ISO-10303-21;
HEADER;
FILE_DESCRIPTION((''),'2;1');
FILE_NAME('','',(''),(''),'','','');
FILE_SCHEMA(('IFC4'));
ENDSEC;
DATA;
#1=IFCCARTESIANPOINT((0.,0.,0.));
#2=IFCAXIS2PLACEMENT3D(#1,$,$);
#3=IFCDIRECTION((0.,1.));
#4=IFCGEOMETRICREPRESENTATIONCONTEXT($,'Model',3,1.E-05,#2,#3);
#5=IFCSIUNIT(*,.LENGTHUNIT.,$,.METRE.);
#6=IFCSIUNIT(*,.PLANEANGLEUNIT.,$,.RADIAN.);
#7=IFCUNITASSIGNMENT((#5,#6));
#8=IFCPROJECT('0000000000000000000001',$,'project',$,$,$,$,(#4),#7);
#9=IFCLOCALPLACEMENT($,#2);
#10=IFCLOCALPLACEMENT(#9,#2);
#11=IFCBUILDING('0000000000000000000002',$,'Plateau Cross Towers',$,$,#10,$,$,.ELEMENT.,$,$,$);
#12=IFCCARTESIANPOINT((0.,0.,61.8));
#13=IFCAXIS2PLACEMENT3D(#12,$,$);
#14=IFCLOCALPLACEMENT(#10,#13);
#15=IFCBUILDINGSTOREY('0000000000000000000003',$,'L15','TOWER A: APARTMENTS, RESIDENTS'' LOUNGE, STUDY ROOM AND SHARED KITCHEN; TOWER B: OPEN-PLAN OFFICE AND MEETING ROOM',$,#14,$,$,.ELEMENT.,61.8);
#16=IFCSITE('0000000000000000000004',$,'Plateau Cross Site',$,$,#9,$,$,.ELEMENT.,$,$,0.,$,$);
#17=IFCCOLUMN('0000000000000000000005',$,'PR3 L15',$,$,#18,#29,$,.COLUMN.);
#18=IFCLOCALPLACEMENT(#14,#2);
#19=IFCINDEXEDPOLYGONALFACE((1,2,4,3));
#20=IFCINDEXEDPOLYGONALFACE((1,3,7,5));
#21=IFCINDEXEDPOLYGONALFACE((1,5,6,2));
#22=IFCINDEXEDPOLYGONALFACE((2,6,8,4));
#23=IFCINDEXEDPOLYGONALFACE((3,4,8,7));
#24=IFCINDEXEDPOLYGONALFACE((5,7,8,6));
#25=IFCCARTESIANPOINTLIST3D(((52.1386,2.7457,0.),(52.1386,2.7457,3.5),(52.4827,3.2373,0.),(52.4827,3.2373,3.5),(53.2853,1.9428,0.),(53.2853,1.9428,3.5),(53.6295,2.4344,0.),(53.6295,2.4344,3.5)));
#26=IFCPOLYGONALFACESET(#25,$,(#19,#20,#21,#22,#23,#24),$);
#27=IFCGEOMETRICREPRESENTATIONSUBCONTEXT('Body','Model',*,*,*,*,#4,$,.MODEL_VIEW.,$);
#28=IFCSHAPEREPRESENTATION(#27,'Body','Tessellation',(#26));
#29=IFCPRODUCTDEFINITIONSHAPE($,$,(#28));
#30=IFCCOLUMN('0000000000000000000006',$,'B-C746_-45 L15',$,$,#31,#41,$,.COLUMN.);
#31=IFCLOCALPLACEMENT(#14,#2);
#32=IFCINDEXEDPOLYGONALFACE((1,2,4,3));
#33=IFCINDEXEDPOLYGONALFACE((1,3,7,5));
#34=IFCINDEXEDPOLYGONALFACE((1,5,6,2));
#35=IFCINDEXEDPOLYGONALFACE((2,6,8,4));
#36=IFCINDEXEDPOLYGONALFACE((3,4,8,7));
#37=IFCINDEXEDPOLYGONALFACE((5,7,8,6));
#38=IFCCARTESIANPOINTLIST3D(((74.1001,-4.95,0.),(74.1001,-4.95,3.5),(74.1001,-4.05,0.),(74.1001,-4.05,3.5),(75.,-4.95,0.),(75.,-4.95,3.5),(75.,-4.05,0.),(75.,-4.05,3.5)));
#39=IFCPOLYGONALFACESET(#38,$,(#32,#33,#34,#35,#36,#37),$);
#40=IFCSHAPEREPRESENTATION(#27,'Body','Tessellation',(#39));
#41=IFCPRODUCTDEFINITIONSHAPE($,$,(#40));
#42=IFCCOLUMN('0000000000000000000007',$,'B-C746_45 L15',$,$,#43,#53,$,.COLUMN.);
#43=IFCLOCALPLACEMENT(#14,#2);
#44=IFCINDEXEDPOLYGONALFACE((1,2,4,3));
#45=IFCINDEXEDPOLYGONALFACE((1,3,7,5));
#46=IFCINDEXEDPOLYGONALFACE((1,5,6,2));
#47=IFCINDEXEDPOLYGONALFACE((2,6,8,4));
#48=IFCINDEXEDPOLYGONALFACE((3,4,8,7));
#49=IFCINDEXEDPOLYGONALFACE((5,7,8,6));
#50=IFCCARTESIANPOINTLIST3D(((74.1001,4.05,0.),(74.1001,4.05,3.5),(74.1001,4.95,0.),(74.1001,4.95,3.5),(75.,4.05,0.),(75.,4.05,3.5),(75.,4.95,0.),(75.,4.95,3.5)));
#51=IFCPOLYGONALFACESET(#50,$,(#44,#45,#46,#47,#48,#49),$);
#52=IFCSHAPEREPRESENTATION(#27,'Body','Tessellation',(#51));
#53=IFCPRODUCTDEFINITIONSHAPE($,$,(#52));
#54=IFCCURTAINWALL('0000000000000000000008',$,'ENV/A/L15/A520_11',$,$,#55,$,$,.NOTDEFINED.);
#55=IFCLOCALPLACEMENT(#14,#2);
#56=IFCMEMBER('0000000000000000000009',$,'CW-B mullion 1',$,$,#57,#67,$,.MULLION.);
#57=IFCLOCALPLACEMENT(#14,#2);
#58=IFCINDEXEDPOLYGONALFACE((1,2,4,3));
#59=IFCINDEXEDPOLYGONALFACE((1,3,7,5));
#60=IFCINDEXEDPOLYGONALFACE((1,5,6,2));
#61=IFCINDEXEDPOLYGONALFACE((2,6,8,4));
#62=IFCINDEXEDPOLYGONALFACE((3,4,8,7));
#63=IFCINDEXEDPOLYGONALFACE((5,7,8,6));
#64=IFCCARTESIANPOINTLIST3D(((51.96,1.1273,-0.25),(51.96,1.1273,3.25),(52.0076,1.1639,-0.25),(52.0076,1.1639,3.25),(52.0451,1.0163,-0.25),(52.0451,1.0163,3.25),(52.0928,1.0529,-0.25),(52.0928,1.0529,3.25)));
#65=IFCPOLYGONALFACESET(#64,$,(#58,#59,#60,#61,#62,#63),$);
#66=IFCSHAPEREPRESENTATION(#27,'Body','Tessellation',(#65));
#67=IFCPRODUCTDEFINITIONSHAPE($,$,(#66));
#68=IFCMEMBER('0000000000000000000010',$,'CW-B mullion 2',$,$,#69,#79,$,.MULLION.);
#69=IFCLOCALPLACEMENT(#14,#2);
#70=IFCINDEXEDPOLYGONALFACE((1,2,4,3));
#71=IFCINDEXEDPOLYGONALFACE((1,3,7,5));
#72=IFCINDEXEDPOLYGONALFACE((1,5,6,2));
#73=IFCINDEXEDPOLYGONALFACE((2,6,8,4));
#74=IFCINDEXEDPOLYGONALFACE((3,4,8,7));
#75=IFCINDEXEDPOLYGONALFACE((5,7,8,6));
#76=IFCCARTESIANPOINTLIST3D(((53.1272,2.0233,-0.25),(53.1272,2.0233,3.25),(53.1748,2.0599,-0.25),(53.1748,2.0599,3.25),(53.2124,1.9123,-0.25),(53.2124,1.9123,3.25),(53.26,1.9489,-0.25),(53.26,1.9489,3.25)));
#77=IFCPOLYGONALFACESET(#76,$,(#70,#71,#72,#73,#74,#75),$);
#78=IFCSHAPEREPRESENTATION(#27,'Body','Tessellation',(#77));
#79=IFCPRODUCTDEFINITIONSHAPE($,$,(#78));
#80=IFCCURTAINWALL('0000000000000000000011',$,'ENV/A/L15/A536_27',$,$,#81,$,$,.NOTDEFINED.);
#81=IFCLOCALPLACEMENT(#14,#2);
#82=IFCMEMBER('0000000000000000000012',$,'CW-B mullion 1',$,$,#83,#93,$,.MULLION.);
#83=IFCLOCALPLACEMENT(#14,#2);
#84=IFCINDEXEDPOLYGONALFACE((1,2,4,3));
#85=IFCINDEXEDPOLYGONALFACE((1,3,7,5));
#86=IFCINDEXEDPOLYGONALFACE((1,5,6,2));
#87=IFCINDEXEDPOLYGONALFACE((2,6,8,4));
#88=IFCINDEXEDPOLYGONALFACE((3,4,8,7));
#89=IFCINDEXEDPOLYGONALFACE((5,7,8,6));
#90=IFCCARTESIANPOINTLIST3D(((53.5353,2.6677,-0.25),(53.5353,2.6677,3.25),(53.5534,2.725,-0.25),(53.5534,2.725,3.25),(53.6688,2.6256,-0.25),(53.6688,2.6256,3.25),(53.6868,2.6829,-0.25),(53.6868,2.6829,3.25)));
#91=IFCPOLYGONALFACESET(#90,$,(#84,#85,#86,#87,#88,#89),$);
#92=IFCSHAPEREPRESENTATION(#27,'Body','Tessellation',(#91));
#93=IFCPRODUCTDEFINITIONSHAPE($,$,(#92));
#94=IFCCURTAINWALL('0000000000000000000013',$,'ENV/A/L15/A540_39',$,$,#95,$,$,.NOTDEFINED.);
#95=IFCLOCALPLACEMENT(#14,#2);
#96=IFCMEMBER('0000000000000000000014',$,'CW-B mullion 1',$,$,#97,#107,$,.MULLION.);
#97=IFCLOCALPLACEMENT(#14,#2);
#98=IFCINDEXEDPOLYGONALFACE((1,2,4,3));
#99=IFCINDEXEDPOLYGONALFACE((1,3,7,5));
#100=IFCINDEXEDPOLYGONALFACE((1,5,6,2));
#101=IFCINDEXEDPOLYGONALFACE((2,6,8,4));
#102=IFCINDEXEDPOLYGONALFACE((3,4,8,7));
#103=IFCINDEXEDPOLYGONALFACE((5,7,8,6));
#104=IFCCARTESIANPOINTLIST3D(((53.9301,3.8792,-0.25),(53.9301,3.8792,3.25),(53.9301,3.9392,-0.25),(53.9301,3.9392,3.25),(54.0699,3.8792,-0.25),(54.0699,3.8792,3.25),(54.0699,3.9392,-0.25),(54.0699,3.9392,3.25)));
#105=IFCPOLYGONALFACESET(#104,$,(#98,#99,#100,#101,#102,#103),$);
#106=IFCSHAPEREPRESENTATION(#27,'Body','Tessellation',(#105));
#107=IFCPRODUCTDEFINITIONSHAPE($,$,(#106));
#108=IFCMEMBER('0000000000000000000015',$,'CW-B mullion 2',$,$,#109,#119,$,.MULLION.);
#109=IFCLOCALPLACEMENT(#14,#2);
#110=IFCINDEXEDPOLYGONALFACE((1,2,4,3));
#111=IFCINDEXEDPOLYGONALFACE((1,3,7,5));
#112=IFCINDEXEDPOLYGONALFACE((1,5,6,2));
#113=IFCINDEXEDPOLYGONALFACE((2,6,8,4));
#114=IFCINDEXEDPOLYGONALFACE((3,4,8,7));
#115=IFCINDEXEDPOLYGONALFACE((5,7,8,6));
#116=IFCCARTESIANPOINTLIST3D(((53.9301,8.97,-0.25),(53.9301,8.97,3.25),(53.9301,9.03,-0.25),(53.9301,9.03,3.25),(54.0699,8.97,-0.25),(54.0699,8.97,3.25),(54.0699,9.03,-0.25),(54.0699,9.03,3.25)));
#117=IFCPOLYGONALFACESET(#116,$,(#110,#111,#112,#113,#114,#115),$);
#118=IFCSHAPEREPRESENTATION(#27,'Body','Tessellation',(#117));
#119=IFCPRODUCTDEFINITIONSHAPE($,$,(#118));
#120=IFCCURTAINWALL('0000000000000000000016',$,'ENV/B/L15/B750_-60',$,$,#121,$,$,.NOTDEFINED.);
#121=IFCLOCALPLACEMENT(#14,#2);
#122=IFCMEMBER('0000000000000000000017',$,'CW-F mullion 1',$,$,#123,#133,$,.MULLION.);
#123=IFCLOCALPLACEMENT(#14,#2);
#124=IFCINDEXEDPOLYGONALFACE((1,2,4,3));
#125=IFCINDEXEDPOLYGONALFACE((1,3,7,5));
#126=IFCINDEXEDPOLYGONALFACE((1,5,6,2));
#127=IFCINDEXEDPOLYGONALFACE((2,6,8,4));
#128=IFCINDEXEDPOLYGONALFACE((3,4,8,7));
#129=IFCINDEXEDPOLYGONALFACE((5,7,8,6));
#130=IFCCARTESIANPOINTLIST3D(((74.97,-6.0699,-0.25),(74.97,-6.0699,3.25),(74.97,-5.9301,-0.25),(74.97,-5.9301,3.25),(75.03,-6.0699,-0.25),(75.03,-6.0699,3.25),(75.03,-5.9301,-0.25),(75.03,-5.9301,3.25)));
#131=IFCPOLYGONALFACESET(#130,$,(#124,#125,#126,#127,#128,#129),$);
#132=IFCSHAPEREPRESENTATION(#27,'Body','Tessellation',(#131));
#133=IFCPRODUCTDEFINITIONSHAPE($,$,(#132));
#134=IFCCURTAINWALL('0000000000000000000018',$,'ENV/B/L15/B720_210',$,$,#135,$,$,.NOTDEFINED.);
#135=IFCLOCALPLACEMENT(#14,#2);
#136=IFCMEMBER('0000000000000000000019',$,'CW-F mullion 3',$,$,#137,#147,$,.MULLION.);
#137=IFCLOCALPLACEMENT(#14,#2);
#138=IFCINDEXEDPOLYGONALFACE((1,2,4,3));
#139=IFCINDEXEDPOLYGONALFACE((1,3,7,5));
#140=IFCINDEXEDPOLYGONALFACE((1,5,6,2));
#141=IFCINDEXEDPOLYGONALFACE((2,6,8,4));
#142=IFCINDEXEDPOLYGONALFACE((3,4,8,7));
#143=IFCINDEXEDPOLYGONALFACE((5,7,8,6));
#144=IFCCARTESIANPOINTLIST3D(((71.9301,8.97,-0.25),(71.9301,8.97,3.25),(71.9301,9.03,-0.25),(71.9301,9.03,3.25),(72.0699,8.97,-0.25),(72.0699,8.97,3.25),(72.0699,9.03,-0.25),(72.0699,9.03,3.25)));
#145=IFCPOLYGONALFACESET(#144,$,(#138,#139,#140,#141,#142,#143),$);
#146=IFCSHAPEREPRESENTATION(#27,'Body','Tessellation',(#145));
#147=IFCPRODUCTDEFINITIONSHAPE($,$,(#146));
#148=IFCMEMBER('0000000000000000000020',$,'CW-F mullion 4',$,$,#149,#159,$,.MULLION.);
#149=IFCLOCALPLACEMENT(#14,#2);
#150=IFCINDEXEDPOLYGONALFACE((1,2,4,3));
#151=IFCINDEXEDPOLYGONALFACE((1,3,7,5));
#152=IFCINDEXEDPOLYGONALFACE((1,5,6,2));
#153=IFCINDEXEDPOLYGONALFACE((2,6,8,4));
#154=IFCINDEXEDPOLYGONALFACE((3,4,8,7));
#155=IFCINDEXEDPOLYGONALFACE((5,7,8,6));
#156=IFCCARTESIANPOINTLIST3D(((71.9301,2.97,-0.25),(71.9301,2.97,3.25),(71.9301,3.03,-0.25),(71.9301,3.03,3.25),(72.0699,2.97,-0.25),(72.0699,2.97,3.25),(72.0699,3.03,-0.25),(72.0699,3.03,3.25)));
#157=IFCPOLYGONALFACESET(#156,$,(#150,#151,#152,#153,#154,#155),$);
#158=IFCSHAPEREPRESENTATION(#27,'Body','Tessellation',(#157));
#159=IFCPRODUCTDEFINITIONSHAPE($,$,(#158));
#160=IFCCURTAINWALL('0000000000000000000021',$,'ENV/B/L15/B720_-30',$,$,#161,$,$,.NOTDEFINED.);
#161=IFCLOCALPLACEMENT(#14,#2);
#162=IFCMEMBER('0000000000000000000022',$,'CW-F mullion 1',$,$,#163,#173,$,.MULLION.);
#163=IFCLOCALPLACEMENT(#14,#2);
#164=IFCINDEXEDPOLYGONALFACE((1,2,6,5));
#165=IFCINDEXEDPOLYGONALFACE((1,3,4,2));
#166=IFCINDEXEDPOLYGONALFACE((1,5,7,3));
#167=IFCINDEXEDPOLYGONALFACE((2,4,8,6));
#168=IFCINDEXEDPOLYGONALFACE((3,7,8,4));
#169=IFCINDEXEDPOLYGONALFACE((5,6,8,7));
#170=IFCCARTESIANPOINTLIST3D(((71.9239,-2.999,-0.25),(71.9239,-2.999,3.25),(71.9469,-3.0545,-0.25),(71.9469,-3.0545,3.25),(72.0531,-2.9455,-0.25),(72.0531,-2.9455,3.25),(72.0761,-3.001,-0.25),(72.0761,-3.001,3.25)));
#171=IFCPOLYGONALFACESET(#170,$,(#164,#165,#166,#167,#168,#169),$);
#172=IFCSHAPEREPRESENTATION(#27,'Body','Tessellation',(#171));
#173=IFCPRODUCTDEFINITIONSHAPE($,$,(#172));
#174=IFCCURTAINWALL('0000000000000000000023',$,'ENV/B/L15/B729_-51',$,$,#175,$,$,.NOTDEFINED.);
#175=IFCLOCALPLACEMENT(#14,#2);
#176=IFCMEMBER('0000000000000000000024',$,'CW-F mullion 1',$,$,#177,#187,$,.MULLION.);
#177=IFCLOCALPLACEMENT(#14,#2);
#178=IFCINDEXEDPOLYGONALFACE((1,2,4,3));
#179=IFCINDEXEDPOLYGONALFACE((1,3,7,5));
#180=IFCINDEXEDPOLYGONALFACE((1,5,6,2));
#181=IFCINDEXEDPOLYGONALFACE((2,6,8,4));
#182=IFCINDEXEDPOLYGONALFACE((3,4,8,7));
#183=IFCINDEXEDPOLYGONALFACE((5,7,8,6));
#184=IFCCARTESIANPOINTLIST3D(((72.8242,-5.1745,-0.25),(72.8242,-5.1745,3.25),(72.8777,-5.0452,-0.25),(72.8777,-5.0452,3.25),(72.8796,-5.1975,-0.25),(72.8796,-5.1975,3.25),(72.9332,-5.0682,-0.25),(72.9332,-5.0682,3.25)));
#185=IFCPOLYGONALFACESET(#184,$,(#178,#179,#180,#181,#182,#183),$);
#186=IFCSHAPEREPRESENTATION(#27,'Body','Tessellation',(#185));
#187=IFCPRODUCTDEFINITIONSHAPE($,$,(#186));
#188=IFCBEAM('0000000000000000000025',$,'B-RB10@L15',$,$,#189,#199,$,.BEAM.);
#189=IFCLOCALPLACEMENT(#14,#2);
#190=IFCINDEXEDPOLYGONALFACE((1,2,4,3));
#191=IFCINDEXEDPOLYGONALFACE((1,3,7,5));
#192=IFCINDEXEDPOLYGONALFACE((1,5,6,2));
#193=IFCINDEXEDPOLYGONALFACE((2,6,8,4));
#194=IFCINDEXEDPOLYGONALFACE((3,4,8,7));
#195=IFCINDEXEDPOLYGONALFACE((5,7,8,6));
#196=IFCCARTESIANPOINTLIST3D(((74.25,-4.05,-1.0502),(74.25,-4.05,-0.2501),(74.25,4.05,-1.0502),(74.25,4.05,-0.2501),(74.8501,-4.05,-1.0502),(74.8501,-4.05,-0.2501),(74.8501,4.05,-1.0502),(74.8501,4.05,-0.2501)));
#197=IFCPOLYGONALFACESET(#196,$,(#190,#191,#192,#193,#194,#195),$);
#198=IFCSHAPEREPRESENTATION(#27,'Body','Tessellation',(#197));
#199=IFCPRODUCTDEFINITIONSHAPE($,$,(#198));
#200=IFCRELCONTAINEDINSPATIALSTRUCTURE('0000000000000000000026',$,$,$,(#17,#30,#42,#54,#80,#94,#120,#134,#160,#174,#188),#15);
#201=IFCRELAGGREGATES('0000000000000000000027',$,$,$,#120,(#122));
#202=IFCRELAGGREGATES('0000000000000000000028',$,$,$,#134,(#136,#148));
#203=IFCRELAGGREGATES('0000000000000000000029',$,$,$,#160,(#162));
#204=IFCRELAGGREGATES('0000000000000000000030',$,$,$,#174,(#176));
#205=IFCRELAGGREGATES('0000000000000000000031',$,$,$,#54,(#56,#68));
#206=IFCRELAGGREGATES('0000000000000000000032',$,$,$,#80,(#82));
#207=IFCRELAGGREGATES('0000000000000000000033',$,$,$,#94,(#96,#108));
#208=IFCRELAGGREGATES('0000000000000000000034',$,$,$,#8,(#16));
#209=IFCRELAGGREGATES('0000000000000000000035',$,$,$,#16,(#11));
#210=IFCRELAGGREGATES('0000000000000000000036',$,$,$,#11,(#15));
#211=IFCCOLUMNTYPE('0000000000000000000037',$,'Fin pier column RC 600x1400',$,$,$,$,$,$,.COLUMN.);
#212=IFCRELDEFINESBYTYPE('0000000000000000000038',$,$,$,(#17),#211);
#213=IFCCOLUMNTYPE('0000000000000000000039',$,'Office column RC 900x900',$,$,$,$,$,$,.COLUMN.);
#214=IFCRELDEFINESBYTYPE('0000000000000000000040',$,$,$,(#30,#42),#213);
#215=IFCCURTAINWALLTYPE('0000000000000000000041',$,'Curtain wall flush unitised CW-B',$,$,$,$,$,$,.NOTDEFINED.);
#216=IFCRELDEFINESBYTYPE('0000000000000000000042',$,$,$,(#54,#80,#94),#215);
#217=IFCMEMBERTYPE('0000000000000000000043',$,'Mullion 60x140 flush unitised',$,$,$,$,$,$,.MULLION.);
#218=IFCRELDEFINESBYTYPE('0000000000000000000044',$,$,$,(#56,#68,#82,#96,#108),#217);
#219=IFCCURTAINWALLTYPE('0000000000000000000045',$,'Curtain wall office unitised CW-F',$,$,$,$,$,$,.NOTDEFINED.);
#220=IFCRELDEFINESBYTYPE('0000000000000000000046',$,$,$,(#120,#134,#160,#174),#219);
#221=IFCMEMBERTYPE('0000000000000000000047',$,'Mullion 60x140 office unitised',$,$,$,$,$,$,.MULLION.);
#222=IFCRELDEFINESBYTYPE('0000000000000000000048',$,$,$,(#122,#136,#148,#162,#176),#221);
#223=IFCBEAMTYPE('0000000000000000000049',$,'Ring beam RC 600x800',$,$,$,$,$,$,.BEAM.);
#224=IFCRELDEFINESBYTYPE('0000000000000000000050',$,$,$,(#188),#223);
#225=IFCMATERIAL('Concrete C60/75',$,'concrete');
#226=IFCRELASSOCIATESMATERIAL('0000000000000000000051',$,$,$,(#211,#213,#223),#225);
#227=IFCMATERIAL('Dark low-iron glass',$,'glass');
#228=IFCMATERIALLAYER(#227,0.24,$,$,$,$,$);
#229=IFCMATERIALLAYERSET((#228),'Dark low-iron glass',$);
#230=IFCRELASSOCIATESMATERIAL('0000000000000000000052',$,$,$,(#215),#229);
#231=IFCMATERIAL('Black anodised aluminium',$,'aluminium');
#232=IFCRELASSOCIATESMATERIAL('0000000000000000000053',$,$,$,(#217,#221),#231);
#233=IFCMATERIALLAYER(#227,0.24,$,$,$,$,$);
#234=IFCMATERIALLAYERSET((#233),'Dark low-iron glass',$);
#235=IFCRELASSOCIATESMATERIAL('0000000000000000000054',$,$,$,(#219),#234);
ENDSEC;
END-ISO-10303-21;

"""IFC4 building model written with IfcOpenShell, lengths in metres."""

from ifc_helpers import new_model, si_unit, direction, frame, origin, origin_2d, place, context, subcontext, project, spatial, rectangle, extrude, material, layer, layer_set, material_profile, profile_set, type_object, element, aggregate, save


model = new_model("IFC4")

# Units and contexts
model_context = context("Model", 3, precision=1e-05, world=origin(), true_north=direction((0.0, 1.0)))
body_context = subcontext(model_context, "Body", "Model", "MODEL_VIEW")
ifc_project = project(units=[si_unit("LENGTHUNIT", "METRE"), si_unit("PLANEANGLEUNIT", "RADIAN")], contexts=[model_context])

# Site, building, storey
site_placement = place(None, origin())
site = spatial("IfcSite", under=ifc_project, at=site_placement, Name="Plateau Cross Site", CompositionType="ELEMENT", RefElevation=0.0)
building_placement = place(site_placement, origin())
building = spatial("IfcBuilding", under=site, at=building_placement, Name="Plateau Cross Towers", CompositionType="ELEMENT")
storey_placement = place(building_placement, frame((0.0, 0.0, 61.8)))
storey = spatial("IfcBuildingStorey", under=building, at=storey_placement, Name="L15", Description="TOWER A: APARTMENTS, RESIDENTS' LOUNGE, STUDY ROOM AND SHARED KITCHEN; TOWER B: OPEN-PLAN OFFICE AND MEETING ROOM", CompositionType="ELEMENT", Elevation=61.8)

# Columns
ifc_material_1 = material(Name="Concrete C60/75", Category="concrete")
ifc_material_profile_1 = material_profile(ifc_material_1, rectangle(XDim=0.6001, YDim=1.3999, at=origin_2d()), Name="RC 600x1400")
ifc_profile_set_1 = profile_set([ifc_material_profile_1], Name="Concrete C60/75")
column_type_1 = type_object("IfcColumnType", Name="Fin pier column RC 600x1400", PredefinedType="COLUMN", material=ifc_profile_set_1)
column_placement = place(storey_placement, frame((52.884, 2.5901, 0.0), z_axis=(0.0, 0.0, 1.0), x_axis=(0.573543, 0.819176, 0.0)))
element("IfcColumn", 1, at=column_placement, inside=storey, type_object=column_type_1, Name="PR3 L15", PredefinedType="COLUMN", context=body_context, shape_type="SweptSolid", body=[
    extrude(rectangle(XDim=0.6001, YDim=1.3999, at=origin_2d()), origin(), (0.0, 0.0, 1.0), 3.5),
])
ifc_material_profile_2 = material_profile(ifc_material_1, rectangle(XDim=0.8999, YDim=0.8999, at=origin_2d()), Name="RC 900x900")
ifc_profile_set_2 = profile_set([ifc_material_profile_2], Name="Concrete C60/75")
column_type_2 = type_object("IfcColumnType", Name="Office column RC 900x900", PredefinedType="COLUMN", material=ifc_profile_set_2)
for number, where, z_axis, x_axis, name in (
    (2, (74.55, -4.5, 0.0), (0.0, 0.0, 1.0), (1.0, 0.0, 0.0), "B-C746_-45 L15"),
    (3, (74.55, 4.5, 0.0), (0.0, 0.0, 1.0), (1.0, 0.0, 0.0), "B-C746_45 L15"),
):
    element("IfcColumn", number, at=place(storey_placement, frame(where, z_axis=z_axis, x_axis=x_axis)), inside=storey, type_object=column_type_2, Name=name, PredefinedType="COLUMN", context=body_context, shape_type="SweptSolid", body=[
        extrude(rectangle(XDim=0.8999, YDim=0.8999, at=origin_2d()), origin(), (0.0, 0.0, 1.0), 3.5),
    ])

# Curtain wall, members
ifc_material_2 = material(Name="Dark low-iron glass", Category="glass")
ifc_layer_1 = layer(ifc_material_2, 0.24)
ifc_layer_set_1 = layer_set([ifc_layer_1], Name="Dark low-iron glass")
curtain_wall_type_1 = type_object("IfcCurtainWallType", Name="Curtain wall flush unitised CW-B", PredefinedType="NOTDEFINED", material=ifc_layer_set_1)
curtain_wall_1_placement = place(storey_placement, origin())
curtain_wall_1 = element("IfcCurtainWall", 4, at=curtain_wall_1_placement, inside=storey, type_object=curtain_wall_type_1, Name="ENV/A/L15/A520_11", PredefinedType="NOTDEFINED")
ifc_material_3 = material(Name="Black anodised aluminium", Category="aluminium")
ifc_material_profile_3 = material_profile(ifc_material_3, rectangle(XDim=0.0601, YDim=0.1399, at=origin_2d()), Name="MULLION 60x140")
ifc_profile_set_3 = profile_set([ifc_material_profile_3], Name="Black anodised aluminium")
member_type_1 = type_object("IfcMemberType", Name="Mullion 60x140 flush unitised", PredefinedType="MULLION", material=ifc_profile_set_3)
member_1_placement = place(storey_placement, frame((52.0264, 1.0901, -0.25), z_axis=(0.0, 0.0, 1.0), x_axis=(0.793316, 0.608811, 0.0)))
member_1 = element("IfcMember", 5, at=member_1_placement, type_object=member_type_1, Name="CW-B mullion 1", PredefinedType="MULLION", context=body_context, shape_type="SweptSolid", body=[
    extrude(rectangle(XDim=0.0601, YDim=0.1399, at=origin_2d()), origin(), (0.0, 0.0, 1.0), 3.5),
])
member_2_placement = place(storey_placement, frame((53.1936, 1.9861, -0.25), z_axis=(0.0, 0.0, 1.0), x_axis=(0.793316, 0.608811, 0.0)))
member_2 = element("IfcMember", 6, at=member_2_placement, type_object=member_type_1, Name="CW-B mullion 2", PredefinedType="MULLION", context=body_context, shape_type="SweptSolid", body=[
    extrude(rectangle(XDim=0.0601, YDim=0.1399, at=origin_2d()), origin(), (0.0, 0.0, 1.0), 3.5),
])

# Curtain wall, member
curtain_wall_2_placement = place(storey_placement, origin())
curtain_wall_2 = element("IfcCurtainWall", 7, at=curtain_wall_2_placement, inside=storey, type_object=curtain_wall_type_1, Name="ENV/A/L15/A536_27", PredefinedType="NOTDEFINED")
member_3_placement = place(storey_placement, frame((53.6111, 2.6753, -0.25), z_axis=(0.0, 0.0, 1.0), x_axis=(0.300686, 0.953723, 0.0)))
member_3 = element("IfcMember", 8, at=member_3_placement, type_object=member_type_1, Name="CW-B mullion 1", PredefinedType="MULLION", context=body_context, shape_type="SweptSolid", body=[
    extrude(rectangle(XDim=0.0601, YDim=0.1399, at=origin_2d()), origin(), (0.0, 0.0, 1.0), 3.5),
])

# Curtain wall, members
curtain_wall_3_placement = place(storey_placement, origin())
curtain_wall_3 = element("IfcCurtainWall", 9, at=curtain_wall_3_placement, inside=storey, type_object=curtain_wall_type_1, Name="ENV/A/L15/A540_39", PredefinedType="NOTDEFINED")
member_4_placement = place(storey_placement, frame((54.0, 3.9092, -0.25), z_axis=(0.0, 0.0, 1.0), x_axis=(0.0, 1.0, 0.0)))
member_4 = element("IfcMember", 10, at=member_4_placement, type_object=member_type_1, Name="CW-B mullion 1", PredefinedType="MULLION", context=body_context, shape_type="SweptSolid", body=[
    extrude(rectangle(XDim=0.0601, YDim=0.1399, at=origin_2d()), origin(), (0.0, 0.0, 1.0), 3.5),
])
member_5_placement = place(storey_placement, frame((54.0, 9.0, -0.25), z_axis=(0.0, 0.0, 1.0), x_axis=(0.0, 1.0, 0.0)))
member_5 = element("IfcMember", 11, at=member_5_placement, type_object=member_type_1, Name="CW-B mullion 2", PredefinedType="MULLION", context=body_context, shape_type="SweptSolid", body=[
    extrude(rectangle(XDim=0.0601, YDim=0.1399, at=origin_2d()), origin(), (0.0, 0.0, 1.0), 3.5),
])

# Curtain wall, member
ifc_layer_2 = layer(ifc_material_2, 0.24)
ifc_layer_set_2 = layer_set([ifc_layer_2], Name="Dark low-iron glass")
curtain_wall_type_2 = type_object("IfcCurtainWallType", Name="Curtain wall office unitised CW-F", PredefinedType="NOTDEFINED", material=ifc_layer_set_2)
curtain_wall_4_placement = place(storey_placement, origin())
curtain_wall_4 = element("IfcCurtainWall", 12, at=curtain_wall_4_placement, inside=storey, type_object=curtain_wall_type_2, Name="ENV/B/L15/B750_-60", PredefinedType="NOTDEFINED")
ifc_material_profile_4 = material_profile(ifc_material_3, rectangle(XDim=0.0601, YDim=0.1399, at=origin_2d()), Name="MULLION 60x140")
ifc_profile_set_4 = profile_set([ifc_material_profile_4], Name="Black anodised aluminium")
member_type_2 = type_object("IfcMemberType", Name="Mullion 60x140 office unitised", PredefinedType="MULLION", material=ifc_profile_set_4)
member_6_placement = place(storey_placement, frame((75.0, -6.0, -0.25), z_axis=(0.0, 0.0, 1.0), x_axis=(1.0, 0.0, 0.0)))
member_6 = element("IfcMember", 13, at=member_6_placement, type_object=member_type_2, Name="CW-F mullion 1", PredefinedType="MULLION", context=body_context, shape_type="SweptSolid", body=[
    extrude(rectangle(XDim=0.0601, YDim=0.1399, at=origin_2d()), origin(), (0.0, 0.0, 1.0), 3.5),
])

# Curtain wall, members
curtain_wall_5_placement = place(storey_placement, origin())
curtain_wall_5 = element("IfcCurtainWall", 14, at=curtain_wall_5_placement, inside=storey, type_object=curtain_wall_type_2, Name="ENV/B/L15/B720_210", PredefinedType="NOTDEFINED")
member_7_placement = place(storey_placement, frame((72.0, 9.0, -0.25), z_axis=(0.0, 0.0, 1.0), x_axis=(0.0, -1.0, 0.0)))
member_7 = element("IfcMember", 15, at=member_7_placement, type_object=member_type_2, Name="CW-F mullion 3", PredefinedType="MULLION", context=body_context, shape_type="SweptSolid", body=[
    extrude(rectangle(XDim=0.0601, YDim=0.1399, at=origin_2d()), origin(), (0.0, 0.0, 1.0), 3.5),
])
member_8_placement = place(storey_placement, frame((72.0, 3.0, -0.25), z_axis=(0.0, 0.0, 1.0), x_axis=(0.0, -1.0, 0.0)))
member_8 = element("IfcMember", 16, at=member_8_placement, type_object=member_type_2, Name="CW-F mullion 4", PredefinedType="MULLION", context=body_context, shape_type="SweptSolid", body=[
    extrude(rectangle(XDim=0.0601, YDim=0.1399, at=origin_2d()), origin(), (0.0, 0.0, 1.0), 3.5),
])

# Curtain walls, members
curtain_wall_6_placement = place(storey_placement, origin())
curtain_wall_6 = element("IfcCurtainWall", 17, at=curtain_wall_6_placement, inside=storey, type_object=curtain_wall_type_2, Name="ENV/B/L15/B720_-30", PredefinedType="NOTDEFINED")
member_9_placement = place(storey_placement, frame((72.0, -3.0, -0.25), z_axis=(0.0, 0.0, 1.0), x_axis=(0.382684, -0.923879, 0.0)))
member_9 = element("IfcMember", 18, at=member_9_placement, type_object=member_type_2, Name="CW-F mullion 1", PredefinedType="MULLION", context=body_context, shape_type="SweptSolid", body=[
    extrude(rectangle(XDim=0.0601, YDim=0.1399, at=origin_2d()), origin(), (0.0, 0.0, 1.0), 3.5),
])
curtain_wall_7_placement = place(storey_placement, origin())
curtain_wall_7 = element("IfcCurtainWall", 19, at=curtain_wall_7_placement, inside=storey, type_object=curtain_wall_type_2, Name="ENV/B/L15/B729_-51", PredefinedType="NOTDEFINED")
member_10_placement = place(storey_placement, frame((72.8787, -5.1213, -0.25), z_axis=(0.0, 0.0, 1.0), x_axis=(0.923879, -0.382684, 0.0)))
member_10 = element("IfcMember", 20, at=member_10_placement, type_object=member_type_2, Name="CW-F mullion 1", PredefinedType="MULLION", context=body_context, shape_type="SweptSolid", body=[
    extrude(rectangle(XDim=0.0601, YDim=0.1399, at=origin_2d()), origin(), (0.0, 0.0, 1.0), 3.5),
])

# Beam
ifc_material_profile_5 = material_profile(ifc_material_1, rectangle(XDim=0.6001, YDim=0.8, at=origin_2d()), Name="RC 600x800")
ifc_profile_set_5 = profile_set([ifc_material_profile_5], Name="Concrete C60/75")
beam_type = type_object("IfcBeamType", Name="Ring beam RC 600x800", PredefinedType="BEAM", material=ifc_profile_set_5)
beam_placement = place(storey_placement, frame((74.55, 4.05, -0.6501), z_axis=(0.0, -1.0, 0.0), x_axis=(1.0, 0.0, 0.0)))
element("IfcBeam", 21, at=beam_placement, inside=storey, type_object=beam_type, Name="B-RB10@L15", PredefinedType="BEAM", context=body_context, shape_type="SweptSolid", body=[
    extrude(rectangle(XDim=0.6001, YDim=0.8, at=origin_2d()), origin(), (0.0, 0.0, 1.0), 8.1001),
])

aggregate(curtain_wall_4, [member_6])

aggregate(curtain_wall_5, [member_7, member_8])
aggregate(curtain_wall_6, [member_9])
aggregate(curtain_wall_7, [member_10])

aggregate(curtain_wall_1, [member_1, member_2])
aggregate(curtain_wall_2, [member_3])
aggregate(curtain_wall_3, [member_4, member_5])

save(model, "model.ifc")
